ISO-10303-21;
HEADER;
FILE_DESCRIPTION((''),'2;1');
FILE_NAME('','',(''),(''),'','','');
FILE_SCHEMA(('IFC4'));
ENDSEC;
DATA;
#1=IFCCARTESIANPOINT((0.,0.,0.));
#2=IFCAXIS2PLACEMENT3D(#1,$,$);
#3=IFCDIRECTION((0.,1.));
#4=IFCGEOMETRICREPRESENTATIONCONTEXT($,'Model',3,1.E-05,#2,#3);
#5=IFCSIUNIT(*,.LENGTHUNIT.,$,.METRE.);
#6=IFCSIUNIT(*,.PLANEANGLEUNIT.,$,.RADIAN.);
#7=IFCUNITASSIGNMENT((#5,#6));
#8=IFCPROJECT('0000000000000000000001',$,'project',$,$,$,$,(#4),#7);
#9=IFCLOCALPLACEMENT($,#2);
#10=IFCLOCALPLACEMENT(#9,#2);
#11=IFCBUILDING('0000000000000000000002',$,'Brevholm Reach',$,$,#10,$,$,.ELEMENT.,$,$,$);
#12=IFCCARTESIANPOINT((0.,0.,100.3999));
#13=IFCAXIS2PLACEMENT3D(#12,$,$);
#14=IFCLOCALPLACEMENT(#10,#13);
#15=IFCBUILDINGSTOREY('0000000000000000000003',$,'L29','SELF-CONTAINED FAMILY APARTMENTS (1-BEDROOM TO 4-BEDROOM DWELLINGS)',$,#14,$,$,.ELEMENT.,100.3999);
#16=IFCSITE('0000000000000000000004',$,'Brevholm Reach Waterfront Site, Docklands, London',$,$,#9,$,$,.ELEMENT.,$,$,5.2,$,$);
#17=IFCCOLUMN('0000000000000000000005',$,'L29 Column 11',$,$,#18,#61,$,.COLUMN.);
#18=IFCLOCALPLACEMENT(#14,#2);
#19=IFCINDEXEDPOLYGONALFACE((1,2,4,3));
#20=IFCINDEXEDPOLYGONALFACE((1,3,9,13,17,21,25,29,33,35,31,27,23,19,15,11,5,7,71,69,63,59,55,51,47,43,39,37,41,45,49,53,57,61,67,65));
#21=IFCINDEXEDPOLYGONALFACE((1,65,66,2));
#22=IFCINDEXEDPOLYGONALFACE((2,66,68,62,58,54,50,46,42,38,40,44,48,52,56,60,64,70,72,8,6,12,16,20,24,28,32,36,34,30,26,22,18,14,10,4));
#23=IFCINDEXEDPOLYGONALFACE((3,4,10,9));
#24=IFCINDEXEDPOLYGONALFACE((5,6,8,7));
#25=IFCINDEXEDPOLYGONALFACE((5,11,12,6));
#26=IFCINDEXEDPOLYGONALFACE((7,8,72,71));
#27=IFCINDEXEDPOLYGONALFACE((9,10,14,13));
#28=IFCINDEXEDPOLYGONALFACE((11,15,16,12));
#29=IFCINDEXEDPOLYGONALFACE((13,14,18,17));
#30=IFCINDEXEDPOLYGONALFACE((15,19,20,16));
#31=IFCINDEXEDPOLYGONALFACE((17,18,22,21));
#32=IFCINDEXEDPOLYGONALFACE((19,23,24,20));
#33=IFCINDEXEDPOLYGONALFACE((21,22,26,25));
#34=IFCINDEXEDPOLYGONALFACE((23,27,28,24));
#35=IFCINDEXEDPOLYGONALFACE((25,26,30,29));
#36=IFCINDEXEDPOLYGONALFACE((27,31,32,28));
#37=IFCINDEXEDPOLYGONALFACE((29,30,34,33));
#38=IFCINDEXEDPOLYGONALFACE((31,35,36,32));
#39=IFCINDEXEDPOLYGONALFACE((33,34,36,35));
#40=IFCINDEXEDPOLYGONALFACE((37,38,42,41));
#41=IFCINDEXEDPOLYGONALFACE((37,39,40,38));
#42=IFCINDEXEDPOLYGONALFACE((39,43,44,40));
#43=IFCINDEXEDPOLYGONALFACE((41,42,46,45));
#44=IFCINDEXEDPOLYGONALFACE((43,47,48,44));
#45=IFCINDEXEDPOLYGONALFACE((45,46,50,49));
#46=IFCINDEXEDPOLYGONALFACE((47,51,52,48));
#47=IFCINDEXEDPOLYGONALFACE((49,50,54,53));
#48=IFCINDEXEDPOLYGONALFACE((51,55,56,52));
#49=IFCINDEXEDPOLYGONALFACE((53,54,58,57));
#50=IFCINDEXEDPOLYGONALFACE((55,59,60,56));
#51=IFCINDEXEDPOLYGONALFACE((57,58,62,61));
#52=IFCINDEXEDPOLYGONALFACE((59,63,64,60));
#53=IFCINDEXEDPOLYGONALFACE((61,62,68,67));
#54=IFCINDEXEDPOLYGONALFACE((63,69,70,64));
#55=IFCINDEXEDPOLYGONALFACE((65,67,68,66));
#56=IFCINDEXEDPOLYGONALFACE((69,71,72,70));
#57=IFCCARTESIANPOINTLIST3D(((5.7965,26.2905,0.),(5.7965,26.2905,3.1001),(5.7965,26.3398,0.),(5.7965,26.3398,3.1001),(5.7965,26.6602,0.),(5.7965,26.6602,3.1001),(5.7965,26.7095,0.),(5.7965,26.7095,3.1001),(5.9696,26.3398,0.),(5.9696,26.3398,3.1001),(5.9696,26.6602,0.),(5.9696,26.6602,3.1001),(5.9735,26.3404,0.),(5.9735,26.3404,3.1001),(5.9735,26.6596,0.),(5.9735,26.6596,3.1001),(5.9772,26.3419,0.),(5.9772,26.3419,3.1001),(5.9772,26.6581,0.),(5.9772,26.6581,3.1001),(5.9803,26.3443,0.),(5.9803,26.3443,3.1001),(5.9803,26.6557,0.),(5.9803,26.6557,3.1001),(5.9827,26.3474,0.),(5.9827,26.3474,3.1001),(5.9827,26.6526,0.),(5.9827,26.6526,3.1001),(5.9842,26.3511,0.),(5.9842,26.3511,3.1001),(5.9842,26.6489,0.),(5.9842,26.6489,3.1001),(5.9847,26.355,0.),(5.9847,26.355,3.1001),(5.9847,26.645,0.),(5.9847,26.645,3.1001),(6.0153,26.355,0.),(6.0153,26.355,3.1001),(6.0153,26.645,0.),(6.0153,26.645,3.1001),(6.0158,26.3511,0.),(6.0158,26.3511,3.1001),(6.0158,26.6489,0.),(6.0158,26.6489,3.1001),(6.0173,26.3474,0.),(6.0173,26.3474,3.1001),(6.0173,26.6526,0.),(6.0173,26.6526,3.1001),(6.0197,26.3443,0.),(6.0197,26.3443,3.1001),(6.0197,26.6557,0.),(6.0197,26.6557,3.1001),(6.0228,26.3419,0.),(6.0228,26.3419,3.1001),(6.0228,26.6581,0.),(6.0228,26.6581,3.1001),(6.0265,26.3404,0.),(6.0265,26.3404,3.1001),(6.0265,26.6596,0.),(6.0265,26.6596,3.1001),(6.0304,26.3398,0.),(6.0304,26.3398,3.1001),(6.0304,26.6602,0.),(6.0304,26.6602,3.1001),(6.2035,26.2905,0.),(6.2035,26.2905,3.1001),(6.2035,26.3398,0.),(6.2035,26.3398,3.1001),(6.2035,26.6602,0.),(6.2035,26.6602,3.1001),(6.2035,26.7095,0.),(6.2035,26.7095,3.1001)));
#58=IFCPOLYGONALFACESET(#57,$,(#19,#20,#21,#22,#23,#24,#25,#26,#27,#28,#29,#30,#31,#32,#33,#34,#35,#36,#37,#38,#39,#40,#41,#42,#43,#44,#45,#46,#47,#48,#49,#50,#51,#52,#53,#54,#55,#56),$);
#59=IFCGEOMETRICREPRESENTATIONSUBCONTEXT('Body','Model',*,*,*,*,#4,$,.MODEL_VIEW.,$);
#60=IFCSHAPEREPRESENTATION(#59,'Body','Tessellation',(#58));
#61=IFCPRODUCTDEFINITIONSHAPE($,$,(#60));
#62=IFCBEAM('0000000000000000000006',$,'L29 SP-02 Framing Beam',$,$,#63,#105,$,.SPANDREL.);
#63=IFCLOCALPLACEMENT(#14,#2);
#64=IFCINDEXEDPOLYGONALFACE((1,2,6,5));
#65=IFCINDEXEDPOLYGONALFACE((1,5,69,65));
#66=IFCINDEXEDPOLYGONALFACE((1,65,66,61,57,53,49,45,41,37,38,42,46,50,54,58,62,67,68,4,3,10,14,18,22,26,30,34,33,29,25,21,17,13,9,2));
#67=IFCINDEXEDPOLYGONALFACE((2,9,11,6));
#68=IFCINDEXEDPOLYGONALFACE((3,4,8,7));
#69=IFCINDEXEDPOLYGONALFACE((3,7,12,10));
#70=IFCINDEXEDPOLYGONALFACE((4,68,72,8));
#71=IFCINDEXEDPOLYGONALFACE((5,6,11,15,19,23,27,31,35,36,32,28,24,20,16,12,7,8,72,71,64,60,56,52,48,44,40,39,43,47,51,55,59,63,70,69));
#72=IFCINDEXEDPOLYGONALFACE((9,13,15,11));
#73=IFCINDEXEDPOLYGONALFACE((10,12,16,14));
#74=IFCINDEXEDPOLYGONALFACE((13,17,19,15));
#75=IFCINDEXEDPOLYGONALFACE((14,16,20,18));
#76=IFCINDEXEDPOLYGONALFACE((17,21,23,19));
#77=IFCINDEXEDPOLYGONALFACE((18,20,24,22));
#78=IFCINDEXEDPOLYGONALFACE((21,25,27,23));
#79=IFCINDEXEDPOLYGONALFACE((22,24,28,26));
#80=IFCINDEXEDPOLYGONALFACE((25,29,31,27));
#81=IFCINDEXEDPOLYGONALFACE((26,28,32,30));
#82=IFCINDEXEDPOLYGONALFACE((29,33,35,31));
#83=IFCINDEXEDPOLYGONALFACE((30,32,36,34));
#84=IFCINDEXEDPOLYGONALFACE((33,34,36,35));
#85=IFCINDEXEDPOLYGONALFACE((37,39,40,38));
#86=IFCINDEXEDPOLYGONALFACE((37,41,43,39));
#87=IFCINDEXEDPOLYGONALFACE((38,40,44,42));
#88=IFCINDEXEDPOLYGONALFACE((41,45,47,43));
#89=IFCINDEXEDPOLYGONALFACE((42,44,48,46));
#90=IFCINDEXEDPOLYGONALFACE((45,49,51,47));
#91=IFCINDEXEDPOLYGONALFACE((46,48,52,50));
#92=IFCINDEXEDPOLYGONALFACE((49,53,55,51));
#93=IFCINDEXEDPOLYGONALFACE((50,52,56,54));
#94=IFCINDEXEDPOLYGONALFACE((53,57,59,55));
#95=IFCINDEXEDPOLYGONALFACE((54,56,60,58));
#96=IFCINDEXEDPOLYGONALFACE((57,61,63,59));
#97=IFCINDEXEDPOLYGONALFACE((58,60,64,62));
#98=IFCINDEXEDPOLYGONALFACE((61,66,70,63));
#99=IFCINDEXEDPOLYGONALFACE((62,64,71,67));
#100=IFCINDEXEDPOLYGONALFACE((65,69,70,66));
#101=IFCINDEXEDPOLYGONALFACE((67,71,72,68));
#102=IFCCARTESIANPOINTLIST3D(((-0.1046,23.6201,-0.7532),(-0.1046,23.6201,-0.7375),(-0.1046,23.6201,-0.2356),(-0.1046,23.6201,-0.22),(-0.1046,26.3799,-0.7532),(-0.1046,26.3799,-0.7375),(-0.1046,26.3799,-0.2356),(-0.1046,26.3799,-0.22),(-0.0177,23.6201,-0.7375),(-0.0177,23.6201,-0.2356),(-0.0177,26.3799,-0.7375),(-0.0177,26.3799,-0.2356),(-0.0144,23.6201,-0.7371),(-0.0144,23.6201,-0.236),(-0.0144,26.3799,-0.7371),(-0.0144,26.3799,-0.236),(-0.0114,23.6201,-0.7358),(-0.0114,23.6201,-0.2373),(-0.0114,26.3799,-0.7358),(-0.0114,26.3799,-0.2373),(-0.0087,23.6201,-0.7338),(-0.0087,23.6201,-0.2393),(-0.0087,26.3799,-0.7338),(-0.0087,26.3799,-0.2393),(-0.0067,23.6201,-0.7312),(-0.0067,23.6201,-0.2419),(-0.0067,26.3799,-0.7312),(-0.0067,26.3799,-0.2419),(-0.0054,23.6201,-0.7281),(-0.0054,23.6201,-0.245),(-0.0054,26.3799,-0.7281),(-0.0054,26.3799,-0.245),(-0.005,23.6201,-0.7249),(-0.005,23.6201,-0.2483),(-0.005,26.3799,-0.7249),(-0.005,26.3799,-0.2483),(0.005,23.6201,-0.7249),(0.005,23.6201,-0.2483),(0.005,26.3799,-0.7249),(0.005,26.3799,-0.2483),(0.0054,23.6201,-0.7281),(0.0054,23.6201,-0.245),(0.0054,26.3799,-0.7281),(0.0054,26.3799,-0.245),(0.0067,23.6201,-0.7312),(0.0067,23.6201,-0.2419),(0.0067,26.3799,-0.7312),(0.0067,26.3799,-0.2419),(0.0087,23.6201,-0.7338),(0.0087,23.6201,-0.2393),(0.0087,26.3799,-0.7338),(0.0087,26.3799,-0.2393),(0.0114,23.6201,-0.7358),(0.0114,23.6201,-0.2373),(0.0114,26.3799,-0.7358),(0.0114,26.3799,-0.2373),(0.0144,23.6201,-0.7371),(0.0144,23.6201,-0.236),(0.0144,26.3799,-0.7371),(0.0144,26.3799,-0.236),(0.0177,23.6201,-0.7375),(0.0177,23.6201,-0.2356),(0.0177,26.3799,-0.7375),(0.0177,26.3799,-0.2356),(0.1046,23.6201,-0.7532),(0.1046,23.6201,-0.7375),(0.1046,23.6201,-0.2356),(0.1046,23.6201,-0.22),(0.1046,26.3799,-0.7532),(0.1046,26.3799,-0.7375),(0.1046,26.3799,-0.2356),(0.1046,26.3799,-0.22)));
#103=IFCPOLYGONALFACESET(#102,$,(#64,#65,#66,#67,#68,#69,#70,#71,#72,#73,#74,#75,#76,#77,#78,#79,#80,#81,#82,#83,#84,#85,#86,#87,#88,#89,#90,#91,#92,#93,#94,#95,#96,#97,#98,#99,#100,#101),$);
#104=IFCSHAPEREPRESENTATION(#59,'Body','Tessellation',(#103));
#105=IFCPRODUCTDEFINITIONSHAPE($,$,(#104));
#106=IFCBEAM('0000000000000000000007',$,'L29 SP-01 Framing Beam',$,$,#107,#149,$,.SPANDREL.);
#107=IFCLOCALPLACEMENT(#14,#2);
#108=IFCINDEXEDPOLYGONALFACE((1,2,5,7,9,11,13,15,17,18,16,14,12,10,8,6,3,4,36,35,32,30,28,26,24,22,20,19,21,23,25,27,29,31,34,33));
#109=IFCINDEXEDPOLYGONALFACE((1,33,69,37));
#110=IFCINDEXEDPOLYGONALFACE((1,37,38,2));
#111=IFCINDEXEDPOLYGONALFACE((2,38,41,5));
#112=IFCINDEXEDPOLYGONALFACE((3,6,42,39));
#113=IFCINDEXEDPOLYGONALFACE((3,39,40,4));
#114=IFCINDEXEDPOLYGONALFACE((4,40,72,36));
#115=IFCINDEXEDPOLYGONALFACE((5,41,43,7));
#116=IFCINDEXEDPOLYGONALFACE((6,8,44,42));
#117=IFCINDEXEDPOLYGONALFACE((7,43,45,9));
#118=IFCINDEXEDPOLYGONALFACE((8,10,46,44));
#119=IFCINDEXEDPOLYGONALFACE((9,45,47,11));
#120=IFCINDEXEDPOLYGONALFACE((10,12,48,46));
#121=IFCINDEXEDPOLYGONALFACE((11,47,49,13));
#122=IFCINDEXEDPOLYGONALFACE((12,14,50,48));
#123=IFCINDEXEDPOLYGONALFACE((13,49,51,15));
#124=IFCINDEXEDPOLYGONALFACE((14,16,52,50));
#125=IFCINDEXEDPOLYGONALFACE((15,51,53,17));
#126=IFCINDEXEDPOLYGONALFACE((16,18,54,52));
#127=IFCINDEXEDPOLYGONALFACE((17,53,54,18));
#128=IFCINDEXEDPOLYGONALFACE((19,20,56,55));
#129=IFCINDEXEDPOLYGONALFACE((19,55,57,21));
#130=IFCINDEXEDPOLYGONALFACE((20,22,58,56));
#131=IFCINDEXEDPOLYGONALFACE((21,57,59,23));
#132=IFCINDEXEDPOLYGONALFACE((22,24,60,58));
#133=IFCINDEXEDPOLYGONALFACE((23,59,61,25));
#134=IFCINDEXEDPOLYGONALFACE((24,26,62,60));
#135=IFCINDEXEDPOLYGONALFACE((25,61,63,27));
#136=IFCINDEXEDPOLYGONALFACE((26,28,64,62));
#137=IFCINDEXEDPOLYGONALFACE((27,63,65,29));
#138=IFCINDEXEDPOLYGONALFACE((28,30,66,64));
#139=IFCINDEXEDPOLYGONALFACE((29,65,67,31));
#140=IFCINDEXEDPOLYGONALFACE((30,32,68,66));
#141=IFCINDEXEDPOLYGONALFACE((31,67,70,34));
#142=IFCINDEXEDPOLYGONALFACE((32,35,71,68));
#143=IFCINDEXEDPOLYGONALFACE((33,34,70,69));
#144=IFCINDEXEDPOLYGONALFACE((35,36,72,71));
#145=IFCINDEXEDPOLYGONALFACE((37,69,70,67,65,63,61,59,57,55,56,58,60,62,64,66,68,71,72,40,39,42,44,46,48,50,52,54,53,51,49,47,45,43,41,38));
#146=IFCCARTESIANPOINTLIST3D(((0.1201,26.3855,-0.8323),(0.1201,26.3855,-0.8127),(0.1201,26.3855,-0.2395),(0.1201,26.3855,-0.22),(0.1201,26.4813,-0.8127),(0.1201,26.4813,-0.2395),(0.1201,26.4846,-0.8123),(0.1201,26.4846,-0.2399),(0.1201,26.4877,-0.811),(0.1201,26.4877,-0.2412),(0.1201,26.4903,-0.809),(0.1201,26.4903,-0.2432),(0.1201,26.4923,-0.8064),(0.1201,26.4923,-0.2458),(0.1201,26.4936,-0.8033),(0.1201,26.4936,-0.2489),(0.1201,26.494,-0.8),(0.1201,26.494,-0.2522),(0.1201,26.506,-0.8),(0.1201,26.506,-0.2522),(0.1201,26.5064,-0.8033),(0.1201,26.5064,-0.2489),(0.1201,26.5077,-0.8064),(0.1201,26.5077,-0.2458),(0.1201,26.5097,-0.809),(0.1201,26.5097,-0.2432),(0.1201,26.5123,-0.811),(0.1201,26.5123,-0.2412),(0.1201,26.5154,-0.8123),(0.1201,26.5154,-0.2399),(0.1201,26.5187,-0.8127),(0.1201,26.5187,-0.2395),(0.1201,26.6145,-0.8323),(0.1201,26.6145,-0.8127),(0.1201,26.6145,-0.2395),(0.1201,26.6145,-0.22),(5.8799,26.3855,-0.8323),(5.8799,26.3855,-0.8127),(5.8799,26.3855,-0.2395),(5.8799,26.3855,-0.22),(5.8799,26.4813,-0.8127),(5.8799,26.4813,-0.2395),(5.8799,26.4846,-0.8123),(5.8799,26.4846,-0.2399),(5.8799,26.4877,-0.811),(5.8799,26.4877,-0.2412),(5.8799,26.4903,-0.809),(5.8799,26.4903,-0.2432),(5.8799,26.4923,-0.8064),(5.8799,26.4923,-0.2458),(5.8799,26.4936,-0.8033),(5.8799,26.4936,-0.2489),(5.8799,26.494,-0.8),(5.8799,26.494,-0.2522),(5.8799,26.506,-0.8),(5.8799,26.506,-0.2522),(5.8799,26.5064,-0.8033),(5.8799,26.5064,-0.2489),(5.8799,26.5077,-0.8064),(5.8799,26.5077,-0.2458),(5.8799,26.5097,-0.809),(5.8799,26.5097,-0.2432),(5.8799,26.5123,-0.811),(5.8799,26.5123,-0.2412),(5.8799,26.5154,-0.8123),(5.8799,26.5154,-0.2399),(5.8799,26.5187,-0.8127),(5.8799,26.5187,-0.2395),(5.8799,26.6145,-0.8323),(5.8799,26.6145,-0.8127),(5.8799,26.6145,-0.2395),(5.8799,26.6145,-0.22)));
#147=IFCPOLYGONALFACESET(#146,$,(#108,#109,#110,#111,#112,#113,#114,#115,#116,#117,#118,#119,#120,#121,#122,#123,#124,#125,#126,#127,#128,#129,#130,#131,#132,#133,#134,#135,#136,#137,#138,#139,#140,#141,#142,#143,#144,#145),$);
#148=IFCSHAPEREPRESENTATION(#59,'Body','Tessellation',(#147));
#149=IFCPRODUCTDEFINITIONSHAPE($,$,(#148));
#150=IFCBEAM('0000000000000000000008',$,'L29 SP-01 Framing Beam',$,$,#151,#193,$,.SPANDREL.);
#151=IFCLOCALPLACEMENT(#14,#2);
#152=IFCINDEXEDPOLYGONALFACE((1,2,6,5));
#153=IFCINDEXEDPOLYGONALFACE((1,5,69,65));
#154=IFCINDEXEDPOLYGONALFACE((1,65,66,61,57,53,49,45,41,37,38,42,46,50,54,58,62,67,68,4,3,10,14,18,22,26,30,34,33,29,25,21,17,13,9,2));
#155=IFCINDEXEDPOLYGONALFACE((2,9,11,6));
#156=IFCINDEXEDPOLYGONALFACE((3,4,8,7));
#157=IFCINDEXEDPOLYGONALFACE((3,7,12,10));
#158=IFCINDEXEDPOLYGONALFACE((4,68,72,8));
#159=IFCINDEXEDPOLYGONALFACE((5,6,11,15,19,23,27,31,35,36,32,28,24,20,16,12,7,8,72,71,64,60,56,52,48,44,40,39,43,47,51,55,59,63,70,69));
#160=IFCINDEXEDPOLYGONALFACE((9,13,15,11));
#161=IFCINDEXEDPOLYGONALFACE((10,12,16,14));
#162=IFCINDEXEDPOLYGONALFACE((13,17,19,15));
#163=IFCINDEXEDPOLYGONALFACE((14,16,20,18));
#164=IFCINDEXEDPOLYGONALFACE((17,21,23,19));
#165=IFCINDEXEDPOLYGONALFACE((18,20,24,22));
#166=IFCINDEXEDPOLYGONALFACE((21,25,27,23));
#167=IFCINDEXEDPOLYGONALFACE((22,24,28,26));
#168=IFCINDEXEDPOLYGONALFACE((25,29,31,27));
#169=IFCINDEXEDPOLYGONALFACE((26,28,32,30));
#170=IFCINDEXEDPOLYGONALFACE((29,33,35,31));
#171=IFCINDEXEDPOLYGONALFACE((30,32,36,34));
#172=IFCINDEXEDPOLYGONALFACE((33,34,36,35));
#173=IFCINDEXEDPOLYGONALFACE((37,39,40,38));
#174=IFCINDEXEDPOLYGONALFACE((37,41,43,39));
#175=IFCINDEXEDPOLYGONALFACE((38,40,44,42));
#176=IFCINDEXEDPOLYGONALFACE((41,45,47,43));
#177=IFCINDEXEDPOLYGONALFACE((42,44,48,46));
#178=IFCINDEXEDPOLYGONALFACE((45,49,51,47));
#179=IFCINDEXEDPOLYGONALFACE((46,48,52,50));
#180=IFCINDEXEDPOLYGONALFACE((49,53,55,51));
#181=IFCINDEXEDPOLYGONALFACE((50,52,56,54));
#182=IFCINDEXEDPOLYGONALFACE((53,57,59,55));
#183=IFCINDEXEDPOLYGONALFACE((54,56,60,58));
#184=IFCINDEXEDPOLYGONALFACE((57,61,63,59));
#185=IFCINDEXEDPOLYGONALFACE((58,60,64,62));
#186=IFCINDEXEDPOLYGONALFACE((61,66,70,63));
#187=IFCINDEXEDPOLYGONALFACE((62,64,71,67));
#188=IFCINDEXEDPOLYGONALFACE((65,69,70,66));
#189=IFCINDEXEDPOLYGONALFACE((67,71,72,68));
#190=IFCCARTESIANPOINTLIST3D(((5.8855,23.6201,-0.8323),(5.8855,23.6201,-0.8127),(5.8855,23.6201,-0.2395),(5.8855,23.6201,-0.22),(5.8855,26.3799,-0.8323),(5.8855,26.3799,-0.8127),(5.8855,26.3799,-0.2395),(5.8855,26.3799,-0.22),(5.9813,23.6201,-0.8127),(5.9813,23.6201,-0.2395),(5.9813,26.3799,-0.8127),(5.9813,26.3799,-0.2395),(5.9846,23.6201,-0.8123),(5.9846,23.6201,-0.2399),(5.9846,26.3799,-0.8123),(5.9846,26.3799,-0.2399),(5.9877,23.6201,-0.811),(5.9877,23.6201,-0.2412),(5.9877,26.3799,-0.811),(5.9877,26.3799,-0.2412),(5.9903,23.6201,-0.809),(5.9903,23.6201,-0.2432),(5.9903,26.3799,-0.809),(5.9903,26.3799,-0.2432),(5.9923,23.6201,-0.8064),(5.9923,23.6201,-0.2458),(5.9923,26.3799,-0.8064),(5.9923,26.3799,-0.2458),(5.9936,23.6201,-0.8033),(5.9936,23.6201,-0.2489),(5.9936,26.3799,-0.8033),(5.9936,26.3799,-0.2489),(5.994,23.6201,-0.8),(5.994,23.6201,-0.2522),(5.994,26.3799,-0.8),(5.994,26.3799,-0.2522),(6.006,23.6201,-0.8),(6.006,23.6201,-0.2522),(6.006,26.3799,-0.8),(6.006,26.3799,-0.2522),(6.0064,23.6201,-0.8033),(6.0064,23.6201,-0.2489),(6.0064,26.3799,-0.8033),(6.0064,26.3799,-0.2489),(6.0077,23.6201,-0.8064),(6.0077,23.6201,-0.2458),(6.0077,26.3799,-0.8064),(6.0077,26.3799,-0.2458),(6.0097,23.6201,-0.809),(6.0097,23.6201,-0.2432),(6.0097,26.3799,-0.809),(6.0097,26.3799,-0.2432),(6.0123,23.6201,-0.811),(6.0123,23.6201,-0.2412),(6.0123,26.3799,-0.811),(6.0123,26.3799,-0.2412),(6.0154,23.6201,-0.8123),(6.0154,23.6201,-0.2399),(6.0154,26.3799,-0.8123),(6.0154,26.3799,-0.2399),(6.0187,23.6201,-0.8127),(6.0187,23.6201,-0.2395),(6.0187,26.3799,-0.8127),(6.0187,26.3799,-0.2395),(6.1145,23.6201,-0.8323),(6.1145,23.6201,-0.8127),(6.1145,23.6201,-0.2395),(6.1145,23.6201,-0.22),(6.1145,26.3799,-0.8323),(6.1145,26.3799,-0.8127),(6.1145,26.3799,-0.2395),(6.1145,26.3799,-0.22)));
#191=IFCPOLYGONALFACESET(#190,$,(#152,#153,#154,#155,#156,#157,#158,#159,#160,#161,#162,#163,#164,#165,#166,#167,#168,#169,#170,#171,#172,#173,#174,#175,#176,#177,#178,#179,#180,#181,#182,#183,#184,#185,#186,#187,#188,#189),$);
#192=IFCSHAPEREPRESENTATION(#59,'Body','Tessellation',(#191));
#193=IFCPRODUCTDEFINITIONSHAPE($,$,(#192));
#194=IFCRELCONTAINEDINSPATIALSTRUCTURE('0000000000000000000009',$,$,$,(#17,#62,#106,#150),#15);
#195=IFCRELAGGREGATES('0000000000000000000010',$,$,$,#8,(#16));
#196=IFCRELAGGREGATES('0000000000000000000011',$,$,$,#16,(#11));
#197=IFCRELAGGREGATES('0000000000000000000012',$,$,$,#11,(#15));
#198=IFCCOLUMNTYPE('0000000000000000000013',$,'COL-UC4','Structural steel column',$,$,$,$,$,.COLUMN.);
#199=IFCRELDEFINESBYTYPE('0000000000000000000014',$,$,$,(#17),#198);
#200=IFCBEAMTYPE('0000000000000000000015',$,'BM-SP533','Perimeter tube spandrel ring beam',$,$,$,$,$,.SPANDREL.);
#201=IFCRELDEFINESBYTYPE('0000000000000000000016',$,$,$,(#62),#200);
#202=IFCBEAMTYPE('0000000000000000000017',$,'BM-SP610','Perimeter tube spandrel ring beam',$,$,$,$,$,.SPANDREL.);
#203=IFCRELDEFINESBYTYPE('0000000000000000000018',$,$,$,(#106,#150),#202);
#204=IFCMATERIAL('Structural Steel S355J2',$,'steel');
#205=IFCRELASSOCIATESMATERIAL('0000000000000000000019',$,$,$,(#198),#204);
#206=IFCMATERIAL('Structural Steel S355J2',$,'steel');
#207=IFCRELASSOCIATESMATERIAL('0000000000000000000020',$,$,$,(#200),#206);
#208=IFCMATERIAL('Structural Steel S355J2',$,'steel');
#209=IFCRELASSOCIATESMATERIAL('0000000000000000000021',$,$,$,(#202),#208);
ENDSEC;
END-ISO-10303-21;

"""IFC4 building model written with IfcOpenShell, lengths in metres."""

from ifc_helpers import new_model, si_unit, direction, frame, origin, origin_2d, place, context, subcontext, project, spatial, i_section, extrude, material, material_profile, profile_set, type_object, element, save


model = new_model("IFC4")

# Units and contexts
model_context = context("Model", 3, precision=1e-05, world=origin(), true_north=direction((0.0, 1.0)))
body_context = subcontext(model_context, "Body", "Model", "MODEL_VIEW")
ifc_project = project(units=[si_unit("LENGTHUNIT", "METRE"), si_unit("PLANEANGLEUNIT", "RADIAN")], contexts=[model_context])

# Site, building, storey
site_placement = place(None, origin())
site = spatial("IfcSite", under=ifc_project, at=site_placement, Name="Brevholm Reach Waterfront Site, Docklands, London", CompositionType="ELEMENT", RefElevation=5.2)
building_placement = place(site_placement, origin())
building = spatial("IfcBuilding", under=site, at=building_placement, Name="Brevholm Reach", CompositionType="ELEMENT")
storey_placement = place(building_placement, frame((0.0, 0.0, 100.3999)))
storey = spatial("IfcBuildingStorey", under=building, at=storey_placement, Name="L29", Description="SELF-CONTAINED FAMILY APARTMENTS (1-BEDROOM TO 4-BEDROOM DWELLINGS)", CompositionType="ELEMENT", Elevation=100.3999)

# Column
ifc_material_1 = material(Name="Structural Steel S355J2", Category="steel")
ifc_material_profile_1 = material_profile(ifc_material_1, i_section(OverallWidth=0.407, OverallDepth=0.4189, WebThickness=0.0305, FlangeThickness=0.0493, FilletRadius=0.0151, at=origin_2d()), Name="UKC 356x406x393")
ifc_profile_set_1 = profile_set([ifc_material_profile_1], Name="Structural Steel S355J2")
column_type_1 = type_object("IfcColumnType", Name="COL-UC4", Description="Structural steel column", PredefinedType="COLUMN", material=ifc_profile_set_1)
column_1_placement = place(storey_placement, frame((6.0, 26.5, 0.0), z_axis=(0.0, 0.0, 1.0), x_axis=(1.0, 0.0, 0.0)))
element("IfcColumn", 1, at=column_1_placement, inside=storey, type_object=column_type_1, Name="L29 Column 11", PredefinedType="COLUMN", context=body_context, shape_type="SweptSolid", body=[
    extrude(i_section(OverallWidth=0.407, OverallDepth=0.4189, WebThickness=0.0305, FlangeThickness=0.0493, FilletRadius=0.0151, at=origin_2d()), origin(), (0.0, 0.0, 1.0), 3.1001),
])

# Beams
ifc_material_2 = material(Name="Structural Steel S355J2", Category="steel")
ifc_material_profile_2 = material_profile(ifc_material_2, i_section(OverallWidth=0.2092, OverallDepth=0.5332, WebThickness=0.01, FlangeThickness=0.0156, FilletRadius=0.0127, at=origin_2d()), Name="UKB 533x210x92")
ifc_profile_set_2 = profile_set([ifc_material_profile_2], Name="Structural Steel S355J2")
beam_type_1 = type_object("IfcBeamType", Name="BM-SP533", Description="Perimeter tube spandrel ring beam", PredefinedType="SPANDREL", material=ifc_profile_set_2)
beam_1_placement = place(storey_placement, frame((0.0, 23.6201, -0.4866), z_axis=(0.0, 1.0, 0.0), x_axis=(-1.0, 0.0, 0.0)))
element("IfcBeam", 2, at=beam_1_placement, inside=storey, type_object=beam_type_1, Name="L29 SP-02 Framing Beam", PredefinedType="SPANDREL", context=body_context, shape_type="SweptSolid", body=[
    extrude(i_section(OverallWidth=0.2092, OverallDepth=0.5332, WebThickness=0.01, FlangeThickness=0.0156, FilletRadius=0.0127, at=origin_2d()), origin(), (0.0, 0.0, 1.0), 2.7598),
])
ifc_material_3 = material(Name="Structural Steel S355J2", Category="steel")
ifc_material_profile_3 = material_profile(ifc_material_3, i_section(OverallWidth=0.229, OverallDepth=0.6123, WebThickness=0.012, FlangeThickness=0.0195, FilletRadius=0.0127, at=origin_2d()), Name="UKB 610x229x125")
ifc_profile_set_3 = profile_set([ifc_material_profile_3], Name="Structural Steel S355J2")
beam_type_2 = type_object("IfcBeamType", Name="BM-SP610", Description="Perimeter tube spandrel ring beam", PredefinedType="SPANDREL", material=ifc_profile_set_3)
beam_2_placement = place(storey_placement, frame((0.1201, 26.5, -0.5261), z_axis=(1.0, 0.0, 0.0), x_axis=(0.0, 1.0, 0.0)))
element("IfcBeam", 3, at=beam_2_placement, inside=storey, type_object=beam_type_2, Name="L29 SP-01 Framing Beam", PredefinedType="SPANDREL", context=body_context, shape_type="SweptSolid", body=[
    extrude(i_section(OverallWidth=0.229, OverallDepth=0.6123, WebThickness=0.012, FlangeThickness=0.0195, FilletRadius=0.0127, at=origin_2d()), origin(), (0.0, 0.0, 1.0), 5.7598),
])
beam_3_placement = place(storey_placement, frame((6.0, 23.6201, -0.5261), z_axis=(0.0, 1.0, 0.0), x_axis=(-1.0, 0.0, 0.0)))
element("IfcBeam", 4, at=beam_3_placement, inside=storey, type_object=beam_type_2, Name="L29 SP-01 Framing Beam", PredefinedType="SPANDREL", context=body_context, shape_type="SweptSolid", body=[
    extrude(i_section(OverallWidth=0.229, OverallDepth=0.6123, WebThickness=0.012, FlangeThickness=0.0195, FilletRadius=0.0127, at=origin_2d()), origin(), (0.0, 0.0, 1.0), 2.7598),
])

save(model, "model.ifc")
